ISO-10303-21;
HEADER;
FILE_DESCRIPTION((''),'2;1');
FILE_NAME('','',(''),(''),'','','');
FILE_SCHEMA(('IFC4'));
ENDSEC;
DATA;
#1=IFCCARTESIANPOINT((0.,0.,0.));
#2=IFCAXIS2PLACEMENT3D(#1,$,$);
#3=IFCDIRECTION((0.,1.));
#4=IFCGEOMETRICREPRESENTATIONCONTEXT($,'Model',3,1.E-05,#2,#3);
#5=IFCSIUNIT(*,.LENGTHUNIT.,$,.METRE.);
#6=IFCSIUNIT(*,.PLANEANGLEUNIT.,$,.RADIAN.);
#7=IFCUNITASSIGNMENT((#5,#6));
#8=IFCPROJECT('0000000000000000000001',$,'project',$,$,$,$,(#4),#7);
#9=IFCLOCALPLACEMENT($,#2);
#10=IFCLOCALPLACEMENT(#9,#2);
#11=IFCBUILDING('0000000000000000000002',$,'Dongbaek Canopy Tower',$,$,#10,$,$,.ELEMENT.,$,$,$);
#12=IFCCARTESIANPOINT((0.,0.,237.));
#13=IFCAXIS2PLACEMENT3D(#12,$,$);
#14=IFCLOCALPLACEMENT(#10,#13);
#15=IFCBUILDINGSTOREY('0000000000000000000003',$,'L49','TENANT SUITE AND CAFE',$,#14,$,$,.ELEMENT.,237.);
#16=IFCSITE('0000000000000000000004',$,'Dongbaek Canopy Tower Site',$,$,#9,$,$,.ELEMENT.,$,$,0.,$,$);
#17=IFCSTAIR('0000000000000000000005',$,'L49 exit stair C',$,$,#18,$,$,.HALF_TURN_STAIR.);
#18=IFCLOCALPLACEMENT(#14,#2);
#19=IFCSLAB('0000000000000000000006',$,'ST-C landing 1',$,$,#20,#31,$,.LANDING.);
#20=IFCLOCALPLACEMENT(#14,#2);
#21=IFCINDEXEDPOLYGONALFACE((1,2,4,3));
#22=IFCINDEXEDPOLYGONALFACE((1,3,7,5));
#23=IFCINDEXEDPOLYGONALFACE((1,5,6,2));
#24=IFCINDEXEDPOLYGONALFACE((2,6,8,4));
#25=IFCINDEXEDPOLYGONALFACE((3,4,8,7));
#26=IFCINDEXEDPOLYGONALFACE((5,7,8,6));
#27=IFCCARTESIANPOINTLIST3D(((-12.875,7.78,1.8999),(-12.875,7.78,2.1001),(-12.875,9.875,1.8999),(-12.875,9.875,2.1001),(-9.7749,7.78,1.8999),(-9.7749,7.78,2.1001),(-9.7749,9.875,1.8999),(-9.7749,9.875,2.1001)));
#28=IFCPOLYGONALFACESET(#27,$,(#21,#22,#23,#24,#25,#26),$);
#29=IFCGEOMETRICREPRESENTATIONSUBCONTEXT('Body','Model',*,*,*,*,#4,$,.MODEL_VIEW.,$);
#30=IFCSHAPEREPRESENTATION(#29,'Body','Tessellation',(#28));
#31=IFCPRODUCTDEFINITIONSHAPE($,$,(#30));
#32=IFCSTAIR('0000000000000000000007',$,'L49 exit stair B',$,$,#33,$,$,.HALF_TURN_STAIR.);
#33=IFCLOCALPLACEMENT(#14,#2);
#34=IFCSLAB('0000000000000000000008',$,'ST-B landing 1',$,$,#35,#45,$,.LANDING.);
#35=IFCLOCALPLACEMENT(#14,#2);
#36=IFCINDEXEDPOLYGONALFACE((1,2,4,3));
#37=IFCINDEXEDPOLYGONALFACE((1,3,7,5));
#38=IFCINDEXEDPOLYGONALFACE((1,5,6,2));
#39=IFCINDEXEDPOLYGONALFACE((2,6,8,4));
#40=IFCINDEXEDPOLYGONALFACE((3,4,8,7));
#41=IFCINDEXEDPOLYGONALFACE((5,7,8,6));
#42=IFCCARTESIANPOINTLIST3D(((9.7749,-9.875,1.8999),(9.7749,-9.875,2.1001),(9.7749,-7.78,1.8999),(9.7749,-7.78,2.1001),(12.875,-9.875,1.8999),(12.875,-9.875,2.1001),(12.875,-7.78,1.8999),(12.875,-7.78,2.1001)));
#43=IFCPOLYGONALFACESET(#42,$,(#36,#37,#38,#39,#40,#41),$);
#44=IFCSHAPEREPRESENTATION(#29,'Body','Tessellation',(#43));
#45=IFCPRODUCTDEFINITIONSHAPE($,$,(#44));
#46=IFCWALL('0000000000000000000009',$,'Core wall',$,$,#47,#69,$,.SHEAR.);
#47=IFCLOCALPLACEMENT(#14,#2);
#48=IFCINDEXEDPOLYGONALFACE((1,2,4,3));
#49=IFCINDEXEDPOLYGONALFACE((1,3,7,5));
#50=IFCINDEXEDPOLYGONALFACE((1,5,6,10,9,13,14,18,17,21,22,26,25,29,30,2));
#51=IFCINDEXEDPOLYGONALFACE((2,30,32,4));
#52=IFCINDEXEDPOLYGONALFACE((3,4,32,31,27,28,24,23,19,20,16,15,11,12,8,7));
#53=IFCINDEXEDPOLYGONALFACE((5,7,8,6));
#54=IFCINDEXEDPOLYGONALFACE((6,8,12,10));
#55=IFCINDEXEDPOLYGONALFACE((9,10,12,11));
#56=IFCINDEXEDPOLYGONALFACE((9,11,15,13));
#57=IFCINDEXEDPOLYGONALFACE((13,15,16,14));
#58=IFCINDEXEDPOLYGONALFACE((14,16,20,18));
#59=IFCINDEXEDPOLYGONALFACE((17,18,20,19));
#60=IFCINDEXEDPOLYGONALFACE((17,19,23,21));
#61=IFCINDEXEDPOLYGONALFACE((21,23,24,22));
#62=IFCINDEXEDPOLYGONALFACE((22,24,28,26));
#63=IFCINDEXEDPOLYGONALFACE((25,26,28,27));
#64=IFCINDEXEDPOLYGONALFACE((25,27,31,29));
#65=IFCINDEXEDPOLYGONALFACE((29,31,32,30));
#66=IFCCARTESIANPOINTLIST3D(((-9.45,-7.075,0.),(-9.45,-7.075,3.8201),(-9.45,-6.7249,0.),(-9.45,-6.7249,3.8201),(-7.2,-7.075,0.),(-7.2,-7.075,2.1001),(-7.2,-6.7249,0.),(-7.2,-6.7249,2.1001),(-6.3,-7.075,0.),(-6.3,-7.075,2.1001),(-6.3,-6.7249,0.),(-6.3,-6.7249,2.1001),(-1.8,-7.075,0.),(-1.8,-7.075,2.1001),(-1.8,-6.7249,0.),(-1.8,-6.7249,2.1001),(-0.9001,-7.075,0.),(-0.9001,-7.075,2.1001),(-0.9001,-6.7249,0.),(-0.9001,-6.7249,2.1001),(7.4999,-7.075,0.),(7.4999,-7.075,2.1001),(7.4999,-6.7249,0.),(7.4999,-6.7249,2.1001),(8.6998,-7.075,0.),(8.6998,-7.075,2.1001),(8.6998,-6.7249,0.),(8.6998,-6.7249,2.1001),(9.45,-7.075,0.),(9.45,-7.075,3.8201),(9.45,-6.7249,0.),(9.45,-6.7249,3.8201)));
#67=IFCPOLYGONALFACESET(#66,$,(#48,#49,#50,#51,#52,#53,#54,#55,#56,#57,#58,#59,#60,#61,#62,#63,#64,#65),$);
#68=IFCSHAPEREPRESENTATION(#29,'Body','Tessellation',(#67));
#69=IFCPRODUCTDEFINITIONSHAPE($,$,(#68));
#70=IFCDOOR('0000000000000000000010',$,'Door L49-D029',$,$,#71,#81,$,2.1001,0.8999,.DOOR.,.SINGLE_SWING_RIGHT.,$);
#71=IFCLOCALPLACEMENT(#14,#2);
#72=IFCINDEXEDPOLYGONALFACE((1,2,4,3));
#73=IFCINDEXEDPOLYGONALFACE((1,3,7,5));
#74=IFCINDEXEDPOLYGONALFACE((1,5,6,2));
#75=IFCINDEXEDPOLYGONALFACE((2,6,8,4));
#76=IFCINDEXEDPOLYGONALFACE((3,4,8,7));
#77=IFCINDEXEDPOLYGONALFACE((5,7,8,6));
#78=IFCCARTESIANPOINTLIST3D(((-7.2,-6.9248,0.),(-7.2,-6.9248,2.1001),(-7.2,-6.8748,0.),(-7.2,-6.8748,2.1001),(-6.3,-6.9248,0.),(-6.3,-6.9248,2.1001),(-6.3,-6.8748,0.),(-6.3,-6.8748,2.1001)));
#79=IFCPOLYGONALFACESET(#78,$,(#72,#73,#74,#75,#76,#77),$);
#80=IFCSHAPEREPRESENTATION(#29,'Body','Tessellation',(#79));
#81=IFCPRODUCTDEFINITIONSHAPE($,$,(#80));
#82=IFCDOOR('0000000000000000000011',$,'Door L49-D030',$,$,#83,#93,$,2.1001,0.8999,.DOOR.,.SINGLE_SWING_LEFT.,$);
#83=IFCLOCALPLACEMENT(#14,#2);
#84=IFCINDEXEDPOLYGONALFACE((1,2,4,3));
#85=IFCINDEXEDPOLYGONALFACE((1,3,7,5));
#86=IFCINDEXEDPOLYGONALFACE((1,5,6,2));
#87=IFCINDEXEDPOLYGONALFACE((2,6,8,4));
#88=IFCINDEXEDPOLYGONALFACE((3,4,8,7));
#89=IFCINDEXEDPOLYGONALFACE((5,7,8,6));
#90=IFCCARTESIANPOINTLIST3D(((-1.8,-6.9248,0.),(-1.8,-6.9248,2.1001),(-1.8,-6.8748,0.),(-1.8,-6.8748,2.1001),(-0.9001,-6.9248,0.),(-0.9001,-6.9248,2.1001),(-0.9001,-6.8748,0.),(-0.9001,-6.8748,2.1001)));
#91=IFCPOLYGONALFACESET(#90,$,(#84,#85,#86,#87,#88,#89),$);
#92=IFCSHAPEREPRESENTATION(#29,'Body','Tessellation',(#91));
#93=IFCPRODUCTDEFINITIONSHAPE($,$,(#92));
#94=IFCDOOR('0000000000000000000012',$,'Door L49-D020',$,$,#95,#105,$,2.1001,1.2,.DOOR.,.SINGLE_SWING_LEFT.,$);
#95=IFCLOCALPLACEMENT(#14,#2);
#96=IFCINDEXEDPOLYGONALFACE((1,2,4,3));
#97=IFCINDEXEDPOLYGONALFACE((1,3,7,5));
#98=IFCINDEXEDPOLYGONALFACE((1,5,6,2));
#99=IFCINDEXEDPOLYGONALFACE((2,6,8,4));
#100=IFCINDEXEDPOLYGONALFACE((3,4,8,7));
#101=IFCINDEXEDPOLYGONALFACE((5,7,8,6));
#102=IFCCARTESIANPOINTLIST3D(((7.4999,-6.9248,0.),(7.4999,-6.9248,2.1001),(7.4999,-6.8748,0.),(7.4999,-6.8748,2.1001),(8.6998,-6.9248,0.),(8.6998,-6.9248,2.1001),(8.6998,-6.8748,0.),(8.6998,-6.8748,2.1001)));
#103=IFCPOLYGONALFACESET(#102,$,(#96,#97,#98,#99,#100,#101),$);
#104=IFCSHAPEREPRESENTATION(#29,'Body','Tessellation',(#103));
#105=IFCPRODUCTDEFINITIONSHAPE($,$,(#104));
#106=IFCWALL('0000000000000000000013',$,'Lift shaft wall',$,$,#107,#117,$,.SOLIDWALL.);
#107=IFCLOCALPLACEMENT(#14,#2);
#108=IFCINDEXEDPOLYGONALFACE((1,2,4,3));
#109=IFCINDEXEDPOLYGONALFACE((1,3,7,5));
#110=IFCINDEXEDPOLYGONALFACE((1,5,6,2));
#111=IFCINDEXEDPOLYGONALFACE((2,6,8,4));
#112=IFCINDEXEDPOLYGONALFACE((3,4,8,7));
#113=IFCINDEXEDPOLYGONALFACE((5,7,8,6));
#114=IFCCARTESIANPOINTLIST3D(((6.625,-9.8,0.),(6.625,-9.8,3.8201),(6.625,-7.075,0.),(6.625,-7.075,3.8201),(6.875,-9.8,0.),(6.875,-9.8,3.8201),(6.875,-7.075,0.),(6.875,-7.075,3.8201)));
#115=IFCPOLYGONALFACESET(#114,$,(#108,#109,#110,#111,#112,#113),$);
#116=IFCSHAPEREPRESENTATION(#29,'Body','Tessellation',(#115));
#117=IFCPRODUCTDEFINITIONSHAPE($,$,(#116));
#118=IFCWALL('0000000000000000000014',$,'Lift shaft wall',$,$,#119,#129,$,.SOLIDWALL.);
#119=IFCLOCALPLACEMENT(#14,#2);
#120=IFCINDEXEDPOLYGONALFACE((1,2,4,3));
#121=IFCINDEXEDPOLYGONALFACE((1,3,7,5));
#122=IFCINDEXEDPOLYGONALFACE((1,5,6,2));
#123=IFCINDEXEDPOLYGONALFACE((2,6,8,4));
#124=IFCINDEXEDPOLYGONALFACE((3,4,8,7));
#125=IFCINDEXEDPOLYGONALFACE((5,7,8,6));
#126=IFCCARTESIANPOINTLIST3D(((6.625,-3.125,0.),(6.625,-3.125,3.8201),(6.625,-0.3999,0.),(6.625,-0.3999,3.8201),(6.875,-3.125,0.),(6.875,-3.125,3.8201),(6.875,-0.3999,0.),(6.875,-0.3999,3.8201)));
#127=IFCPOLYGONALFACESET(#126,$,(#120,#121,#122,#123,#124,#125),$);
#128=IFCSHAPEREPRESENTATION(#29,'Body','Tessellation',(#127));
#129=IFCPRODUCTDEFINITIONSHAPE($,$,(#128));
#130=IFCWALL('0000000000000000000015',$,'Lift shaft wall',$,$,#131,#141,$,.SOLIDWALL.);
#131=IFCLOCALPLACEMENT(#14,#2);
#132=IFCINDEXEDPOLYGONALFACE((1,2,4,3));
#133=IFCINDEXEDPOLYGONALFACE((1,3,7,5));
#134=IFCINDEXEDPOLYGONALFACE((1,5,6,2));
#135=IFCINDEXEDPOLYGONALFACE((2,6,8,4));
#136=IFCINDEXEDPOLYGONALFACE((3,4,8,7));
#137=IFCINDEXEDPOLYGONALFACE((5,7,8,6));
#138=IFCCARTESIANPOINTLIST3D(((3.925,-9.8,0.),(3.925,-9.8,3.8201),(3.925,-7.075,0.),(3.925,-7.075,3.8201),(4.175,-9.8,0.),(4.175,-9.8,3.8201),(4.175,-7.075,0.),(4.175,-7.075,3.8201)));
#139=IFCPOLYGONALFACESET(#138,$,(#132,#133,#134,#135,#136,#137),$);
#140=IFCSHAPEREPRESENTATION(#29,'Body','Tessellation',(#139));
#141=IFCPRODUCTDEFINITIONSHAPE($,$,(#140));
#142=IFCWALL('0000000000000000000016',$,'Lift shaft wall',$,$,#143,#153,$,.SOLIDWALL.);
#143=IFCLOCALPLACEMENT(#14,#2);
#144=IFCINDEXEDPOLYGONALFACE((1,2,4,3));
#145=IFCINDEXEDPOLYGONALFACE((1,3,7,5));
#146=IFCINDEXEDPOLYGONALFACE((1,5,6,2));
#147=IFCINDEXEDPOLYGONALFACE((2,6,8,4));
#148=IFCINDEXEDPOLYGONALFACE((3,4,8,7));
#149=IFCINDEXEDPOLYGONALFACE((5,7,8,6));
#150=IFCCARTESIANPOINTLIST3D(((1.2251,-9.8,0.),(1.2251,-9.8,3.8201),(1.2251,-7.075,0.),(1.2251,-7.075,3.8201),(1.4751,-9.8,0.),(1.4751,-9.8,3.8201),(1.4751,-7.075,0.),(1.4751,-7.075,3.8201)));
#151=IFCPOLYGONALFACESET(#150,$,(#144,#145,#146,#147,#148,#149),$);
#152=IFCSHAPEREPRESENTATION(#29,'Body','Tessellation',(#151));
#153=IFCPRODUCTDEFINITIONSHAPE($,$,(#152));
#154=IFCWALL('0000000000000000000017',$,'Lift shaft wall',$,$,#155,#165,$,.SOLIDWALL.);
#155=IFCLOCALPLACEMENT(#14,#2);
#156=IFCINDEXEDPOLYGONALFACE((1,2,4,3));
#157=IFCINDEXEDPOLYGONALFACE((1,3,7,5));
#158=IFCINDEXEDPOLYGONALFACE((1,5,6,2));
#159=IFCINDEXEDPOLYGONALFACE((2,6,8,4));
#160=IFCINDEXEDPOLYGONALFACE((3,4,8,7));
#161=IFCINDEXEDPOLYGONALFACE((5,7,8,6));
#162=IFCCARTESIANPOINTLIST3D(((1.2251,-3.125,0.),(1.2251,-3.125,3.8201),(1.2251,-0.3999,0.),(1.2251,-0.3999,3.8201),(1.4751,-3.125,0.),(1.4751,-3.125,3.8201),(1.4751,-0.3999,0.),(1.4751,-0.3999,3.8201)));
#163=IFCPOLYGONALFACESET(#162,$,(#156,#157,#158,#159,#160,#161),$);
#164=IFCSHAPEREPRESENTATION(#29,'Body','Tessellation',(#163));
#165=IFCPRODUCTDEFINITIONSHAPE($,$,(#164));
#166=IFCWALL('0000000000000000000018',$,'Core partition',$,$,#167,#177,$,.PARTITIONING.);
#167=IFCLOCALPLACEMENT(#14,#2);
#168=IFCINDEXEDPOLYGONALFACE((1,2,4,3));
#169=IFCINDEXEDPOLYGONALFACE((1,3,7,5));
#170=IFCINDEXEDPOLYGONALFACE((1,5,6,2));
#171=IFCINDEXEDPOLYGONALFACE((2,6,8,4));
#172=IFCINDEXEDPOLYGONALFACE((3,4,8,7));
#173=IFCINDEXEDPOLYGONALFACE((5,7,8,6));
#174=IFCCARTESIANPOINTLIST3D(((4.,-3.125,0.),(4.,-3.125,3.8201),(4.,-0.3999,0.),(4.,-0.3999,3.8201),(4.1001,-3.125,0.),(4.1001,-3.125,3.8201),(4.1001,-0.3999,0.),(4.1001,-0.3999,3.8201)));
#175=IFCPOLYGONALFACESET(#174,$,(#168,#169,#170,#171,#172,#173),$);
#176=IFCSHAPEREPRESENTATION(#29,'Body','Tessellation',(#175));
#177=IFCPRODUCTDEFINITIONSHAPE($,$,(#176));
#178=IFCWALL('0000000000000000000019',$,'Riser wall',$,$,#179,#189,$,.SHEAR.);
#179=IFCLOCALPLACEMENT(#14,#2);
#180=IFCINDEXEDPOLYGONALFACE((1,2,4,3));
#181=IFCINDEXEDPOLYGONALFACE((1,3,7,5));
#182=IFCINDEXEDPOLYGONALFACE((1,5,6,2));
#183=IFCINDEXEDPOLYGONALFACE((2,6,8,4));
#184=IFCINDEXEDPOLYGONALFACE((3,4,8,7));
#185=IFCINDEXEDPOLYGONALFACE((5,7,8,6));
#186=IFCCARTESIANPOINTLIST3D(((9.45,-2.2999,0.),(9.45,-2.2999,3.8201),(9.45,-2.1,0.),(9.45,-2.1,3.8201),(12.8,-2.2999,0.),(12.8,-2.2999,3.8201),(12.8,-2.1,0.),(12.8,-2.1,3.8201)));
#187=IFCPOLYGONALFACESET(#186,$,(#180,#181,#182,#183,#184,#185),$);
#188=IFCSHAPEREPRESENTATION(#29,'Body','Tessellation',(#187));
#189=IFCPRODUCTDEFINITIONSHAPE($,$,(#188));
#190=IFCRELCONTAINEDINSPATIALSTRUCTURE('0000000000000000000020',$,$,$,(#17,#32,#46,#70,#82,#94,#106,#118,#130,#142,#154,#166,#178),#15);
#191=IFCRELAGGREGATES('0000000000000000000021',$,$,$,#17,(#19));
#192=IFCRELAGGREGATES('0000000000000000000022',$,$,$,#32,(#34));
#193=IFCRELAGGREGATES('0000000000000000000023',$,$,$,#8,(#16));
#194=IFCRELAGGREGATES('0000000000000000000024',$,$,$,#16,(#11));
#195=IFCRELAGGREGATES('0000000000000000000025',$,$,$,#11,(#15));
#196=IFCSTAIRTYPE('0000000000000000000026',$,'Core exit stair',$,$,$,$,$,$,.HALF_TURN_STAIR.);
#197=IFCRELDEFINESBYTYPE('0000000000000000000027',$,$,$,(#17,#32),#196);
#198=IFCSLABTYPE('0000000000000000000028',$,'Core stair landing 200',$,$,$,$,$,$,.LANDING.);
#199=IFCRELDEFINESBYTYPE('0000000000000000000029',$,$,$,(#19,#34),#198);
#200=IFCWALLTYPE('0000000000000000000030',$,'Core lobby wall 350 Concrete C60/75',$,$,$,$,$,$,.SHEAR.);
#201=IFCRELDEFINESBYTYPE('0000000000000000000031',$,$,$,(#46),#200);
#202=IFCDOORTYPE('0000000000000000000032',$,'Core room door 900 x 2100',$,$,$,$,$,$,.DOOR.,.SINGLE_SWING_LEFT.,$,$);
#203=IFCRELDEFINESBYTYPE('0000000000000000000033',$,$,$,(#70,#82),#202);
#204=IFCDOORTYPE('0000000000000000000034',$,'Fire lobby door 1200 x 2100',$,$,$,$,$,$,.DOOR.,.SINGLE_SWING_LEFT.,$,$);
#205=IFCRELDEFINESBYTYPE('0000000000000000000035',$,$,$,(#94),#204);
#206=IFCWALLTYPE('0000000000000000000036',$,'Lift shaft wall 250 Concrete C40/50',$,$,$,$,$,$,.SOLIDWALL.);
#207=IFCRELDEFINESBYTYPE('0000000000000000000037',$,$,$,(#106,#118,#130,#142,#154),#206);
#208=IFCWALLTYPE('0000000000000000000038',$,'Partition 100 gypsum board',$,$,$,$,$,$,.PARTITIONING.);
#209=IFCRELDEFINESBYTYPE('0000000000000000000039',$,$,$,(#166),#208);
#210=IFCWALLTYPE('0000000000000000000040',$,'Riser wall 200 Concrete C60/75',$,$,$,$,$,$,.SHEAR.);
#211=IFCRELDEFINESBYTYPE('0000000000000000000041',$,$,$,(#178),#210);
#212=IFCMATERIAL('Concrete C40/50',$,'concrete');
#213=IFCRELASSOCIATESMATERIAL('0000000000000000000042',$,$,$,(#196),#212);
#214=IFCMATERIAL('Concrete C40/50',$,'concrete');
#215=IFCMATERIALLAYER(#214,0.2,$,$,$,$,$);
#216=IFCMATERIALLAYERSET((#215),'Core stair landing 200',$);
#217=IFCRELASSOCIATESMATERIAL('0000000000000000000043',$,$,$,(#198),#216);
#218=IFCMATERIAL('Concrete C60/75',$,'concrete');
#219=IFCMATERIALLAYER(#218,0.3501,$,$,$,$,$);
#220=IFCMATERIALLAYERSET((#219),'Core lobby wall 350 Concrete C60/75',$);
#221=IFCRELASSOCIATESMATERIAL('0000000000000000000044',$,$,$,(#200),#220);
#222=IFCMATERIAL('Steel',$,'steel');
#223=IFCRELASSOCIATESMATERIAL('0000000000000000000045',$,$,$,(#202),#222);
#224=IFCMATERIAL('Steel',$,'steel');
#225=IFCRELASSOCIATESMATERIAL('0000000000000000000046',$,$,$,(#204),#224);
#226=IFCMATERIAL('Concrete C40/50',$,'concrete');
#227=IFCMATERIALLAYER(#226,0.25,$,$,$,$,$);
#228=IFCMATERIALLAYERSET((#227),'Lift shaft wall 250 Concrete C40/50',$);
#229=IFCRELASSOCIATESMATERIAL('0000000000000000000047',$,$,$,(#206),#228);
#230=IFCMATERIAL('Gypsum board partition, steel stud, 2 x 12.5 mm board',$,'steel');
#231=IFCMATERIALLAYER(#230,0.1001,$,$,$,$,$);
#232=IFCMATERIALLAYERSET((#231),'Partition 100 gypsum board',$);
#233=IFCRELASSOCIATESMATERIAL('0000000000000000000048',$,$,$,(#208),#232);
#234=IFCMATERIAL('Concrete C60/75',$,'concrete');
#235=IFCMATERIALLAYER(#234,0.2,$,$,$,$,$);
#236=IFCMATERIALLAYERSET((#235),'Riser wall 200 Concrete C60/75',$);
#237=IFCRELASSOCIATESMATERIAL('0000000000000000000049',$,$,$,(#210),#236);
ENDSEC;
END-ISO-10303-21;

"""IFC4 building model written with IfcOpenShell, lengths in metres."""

from ifc_helpers import new_model, si_unit, direction, frame, frame_2d, origin, place, context, subcontext, project, spatial, polyline, rectangle, outline, extrude, material, layer, layer_set, type_object, element, fill, aggregate, save


model = new_model("IFC4")

# Units and contexts
model_context = context("Model", 3, precision=1e-05, world=origin(), true_north=direction((0.0, 1.0)))
body_context = subcontext(model_context, "Body", "Model", "MODEL_VIEW")
ifc_project = project(units=[si_unit("LENGTHUNIT", "METRE"), si_unit("PLANEANGLEUNIT", "RADIAN")], contexts=[model_context])

# Site, building, storey
site_placement = place(None, origin())
site = spatial("IfcSite", under=ifc_project, at=site_placement, Name="Dongbaek Canopy Tower Site", CompositionType="ELEMENT", RefElevation=0.0)
building_placement = place(site_placement, origin())
building = spatial("IfcBuilding", under=site, at=building_placement, Name="Dongbaek Canopy Tower", CompositionType="ELEMENT")
storey_placement = place(building_placement, frame((0.0, 0.0, 237.0)))
storey = spatial("IfcBuildingStorey", under=building, at=storey_placement, Name="L49", Description="TENANT SUITE AND CAFE", CompositionType="ELEMENT", Elevation=237.0)

# Stairs, slabs
ifc_material_1 = material(Name="Concrete C40/50", Category="concrete")
stair_type = type_object("IfcStairType", Name="Core exit stair", PredefinedType="HALF_TURN_STAIR", material=ifc_material_1)
stair_1_placement = place(storey_placement, origin())
stair_1 = element("IfcStair", 1, at=stair_1_placement, inside=storey, type_object=stair_type, Name="L49 exit stair C", PredefinedType="HALF_TURN_STAIR")
ifc_material_2 = material(Name="Concrete C40/50", Category="concrete")
ifc_layer_1 = layer(ifc_material_2, 0.2)
ifc_layer_set_1 = layer_set([ifc_layer_1], Name="Core stair landing 200")
slab_type = type_object("IfcSlabType", Name="Core stair landing 200", PredefinedType="LANDING", material=ifc_layer_set_1)
slab_1_placement = place(storey_placement, frame((0.0, 0.0, 1.8999)))
slab_1 = element("IfcSlab", 2, at=slab_1_placement, type_object=slab_type, Name="ST-C landing 1", PredefinedType="LANDING", context=body_context, shape_type="SweptSolid", body=[
    extrude(outline(polyline([(-9.7749, 7.78), (-9.7749, 9.875), (-12.875, 9.875), (-12.875, 7.78), (-9.7749, 7.78)])), origin(), (0.0, 0.0, 1.0), 0.2002),
])
aggregate(stair_1, [slab_1])
stair_2_placement = place(storey_placement, origin())
stair_2 = element("IfcStair", 3, at=stair_2_placement, inside=storey, type_object=stair_type, Name="L49 exit stair B", PredefinedType="HALF_TURN_STAIR")
slab_2_placement = place(storey_placement, frame((0.0, 0.0, 1.8999)))
slab_2 = element("IfcSlab", 4, at=slab_2_placement, type_object=slab_type, Name="ST-B landing 1", PredefinedType="LANDING", context=body_context, shape_type="SweptSolid", body=[
    extrude(outline(polyline([(9.7749, -7.78), (9.7749, -9.875), (12.875, -9.875), (12.875, -7.78), (9.7749, -7.78)])), origin(), (0.0, 0.0, 1.0), 0.2002),
])

# Wall, openings, doors
ifc_material_3 = material(Name="Concrete C60/75", Category="concrete")
ifc_layer_2 = layer(ifc_material_3, 0.3501)
ifc_layer_set_2 = layer_set([ifc_layer_2], Name="Core lobby wall 350 Concrete C60/75")
wall_type_1 = type_object("IfcWallType", Name="Core lobby wall 350 Concrete C60/75", PredefinedType="SHEAR", material=ifc_layer_set_2)
wall_1_placement = place(storey_placement, frame((9.45, -6.8999, 0.0), z_axis=(0.0, 0.0, 1.0), x_axis=(-1.0, 0.0, 0.0)))
wall_1 = element("IfcWall", 5, at=wall_1_placement, inside=storey, type_object=wall_type_1, Name="Core wall", PredefinedType="SHEAR", context=body_context, shape_type="SweptSolid", body=[
    extrude(rectangle(XDim=18.8999, YDim=0.3501, at=frame_2d((9.45, 0.0))), origin(), (0.0, 0.0, 1.0), 3.8201),
])
opening_1_placement = place(wall_1_placement, frame((0.75, 0.0, 0.0)))
opening_1 = element("IfcOpeningElement", 6, at=opening_1_placement, cuts=wall_1, PredefinedType="OPENING", context=body_context, shape_type="SweptSolid", body=[
    extrude(rectangle(XDim=1.2, YDim=2.1001, at=frame_2d((0.6001, 1.05))), frame((0.0, 0.1851, 0.0), z_axis=(0.0, -1.0, 0.0), x_axis=(1.0, 0.0, 0.0)), (0.0, 0.0, 1.0), 0.3701),
])
opening_2_placement = place(wall_1_placement, frame((15.75, 0.0, 0.0)))
opening_2 = element("IfcOpeningElement", 7, at=opening_2_placement, cuts=wall_1, PredefinedType="OPENING", context=body_context, shape_type="SweptSolid", body=[
    extrude(rectangle(XDim=0.8999, YDim=2.1001, at=frame_2d((0.45, 1.05))), frame((0.0, 0.1851, 0.0), z_axis=(0.0, -1.0, 0.0), x_axis=(1.0, 0.0, 0.0)), (0.0, 0.0, 1.0), 0.3701),
])
opening_3_placement = place(wall_1_placement, frame((10.3501, 0.0, 0.0)))
opening_3 = element("IfcOpeningElement", 8, at=opening_3_placement, cuts=wall_1, PredefinedType="OPENING", context=body_context, shape_type="SweptSolid", body=[
    extrude(rectangle(XDim=0.8999, YDim=2.1001, at=frame_2d((0.45, 1.05))), frame((0.0, 0.1851, 0.0), z_axis=(0.0, -1.0, 0.0), x_axis=(1.0, 0.0, 0.0)), (0.0, 0.0, 1.0), 0.3701),
])
ifc_material_4 = material(Name="Steel", Category="steel")
door_type_1 = type_object("IfcDoorType", Name="Core room door 900 x 2100", OperationType="SINGLE_SWING_LEFT", PredefinedType="DOOR", material=ifc_material_4)
door_1_placement = place(opening_2_placement, origin())
door_1 = element("IfcDoor", 9, at=door_1_placement, inside=storey, type_object=door_type_1, Name="Door L49-D029", OperationType="SINGLE_SWING_RIGHT", OverallHeight=2.1001, OverallWidth=0.8999, PredefinedType="DOOR", context=body_context, shape_type="SweptSolid", body=[
    extrude(rectangle(XDim=0.8999, YDim=2.1001, at=frame_2d((0.45, 1.05))), frame((0.0, 0.0249, 0.0), z_axis=(0.0, -1.0, 0.0), x_axis=(1.0, 0.0, 0.0)), (0.0, 0.0, 1.0), 0.05),
])
fill(opening_2, door_1)
door_2_placement = place(opening_3_placement, origin())
door_2 = element("IfcDoor", 10, at=door_2_placement, inside=storey, type_object=door_type_1, Name="Door L49-D030", OperationType="SINGLE_SWING_LEFT", OverallHeight=2.1001, OverallWidth=0.8999, PredefinedType="DOOR", context=body_context, shape_type="SweptSolid", body=[
    extrude(rectangle(XDim=0.8999, YDim=2.1001, at=frame_2d((0.45, 1.05))), frame((0.0, 0.0249, 0.0), z_axis=(0.0, -1.0, 0.0), x_axis=(1.0, 0.0, 0.0)), (0.0, 0.0, 1.0), 0.05),
])
fill(opening_3, door_2)
ifc_material_5 = material(Name="Steel", Category="steel")
door_type_2 = type_object("IfcDoorType", Name="Fire lobby door 1200 x 2100", OperationType="SINGLE_SWING_LEFT", PredefinedType="DOOR", material=ifc_material_5)
door_3_placement = place(opening_1_placement, origin())
door_3 = element("IfcDoor", 11, at=door_3_placement, inside=storey, type_object=door_type_2, Name="Door L49-D020", OperationType="SINGLE_SWING_LEFT", OverallHeight=2.1001, OverallWidth=1.2, PredefinedType="DOOR", context=body_context, shape_type="SweptSolid", body=[
    extrude(rectangle(XDim=1.2, YDim=2.1001, at=frame_2d((0.6001, 1.05))), frame((0.0, 0.0249, 0.0), z_axis=(0.0, -1.0, 0.0), x_axis=(1.0, 0.0, 0.0)), (0.0, 0.0, 1.0), 0.05),
])
fill(opening_1, door_3)

# Walls
ifc_material_6 = material(Name="Concrete C40/50", Category="concrete")
ifc_layer_3 = layer(ifc_material_6, 0.25)
ifc_layer_set_3 = layer_set([ifc_layer_3], Name="Lift shaft wall 250 Concrete C40/50")
wall_type_2 = type_object("IfcWallType", Name="Lift shaft wall 250 Concrete C40/50", PredefinedType="SOLIDWALL", material=ifc_layer_set_3)
for number, where, z_axis, x_axis, name in (
    (12, (6.75, -9.8, 0.0), (0.0, 0.0, 1.0), (0.0, 1.0, 0.0), "Lift shaft wall"),
    (13, (6.75, -3.125, 0.0), (0.0, 0.0, 1.0), (0.0, 1.0, 0.0), "Lift shaft wall"),
    (14, (4.05, -9.8, 0.0), (0.0, 0.0, 1.0), (0.0, 1.0, 0.0), "Lift shaft wall"),
    (15, (1.3501, -9.8, 0.0), (0.0, 0.0, 1.0), (0.0, 1.0, 0.0), "Lift shaft wall"),
    (16, (1.3501, -3.125, 0.0), (0.0, 0.0, 1.0), (0.0, 1.0, 0.0), "Lift shaft wall"),
):
    element("IfcWall", number, at=place(storey_placement, frame(where, z_axis=z_axis, x_axis=x_axis)), inside=storey, type_object=wall_type_2, Name=name, PredefinedType="SOLIDWALL", context=body_context, shape_type="SweptSolid", body=[
        extrude(rectangle(XDim=2.7251, YDim=0.25, at=frame_2d((1.3625, 0.0))), origin(), (0.0, 0.0, 1.0), 3.8201),
    ])
ifc_material_7 = material(Name="Gypsum board partition, steel stud, 2 x 12.5 mm board", Category="steel")
ifc_layer_4 = layer(ifc_material_7, 0.1001)
ifc_layer_set_4 = layer_set([ifc_layer_4], Name="Partition 100 gypsum board")
wall_type_3 = type_object("IfcWallType", Name="Partition 100 gypsum board", PredefinedType="PARTITIONING", material=ifc_layer_set_4)
wall_2_placement = place(storey_placement, frame((4.05, -3.125, 0.0), z_axis=(0.0, 0.0, 1.0), x_axis=(0.0, 1.0, 0.0)))
element("IfcWall", 17, at=wall_2_placement, inside=storey, type_object=wall_type_3, Name="Core partition", PredefinedType="PARTITIONING", context=body_context, shape_type="SweptSolid", body=[
    extrude(rectangle(XDim=2.7251, YDim=0.1001, at=frame_2d((1.3625, 0.0))), origin(), (0.0, 0.0, 1.0), 3.8201),
])
ifc_material_8 = material(Name="Concrete C60/75", Category="concrete")
ifc_layer_5 = layer(ifc_material_8, 0.2)
ifc_layer_set_5 = layer_set([ifc_layer_5], Name="Riser wall 200 Concrete C60/75")
wall_type_4 = type_object("IfcWallType", Name="Riser wall 200 Concrete C60/75", PredefinedType="SHEAR", material=ifc_layer_set_5)
wall_3_placement = place(storey_placement, frame((9.45, -2.2, 0.0), z_axis=(0.0, 0.0, 1.0), x_axis=(1.0, 0.0, 0.0)))
element("IfcWall", 18, at=wall_3_placement, inside=storey, type_object=wall_type_4, Name="Riser wall", PredefinedType="SHEAR", context=body_context, shape_type="SweptSolid", body=[
    extrude(rectangle(XDim=3.3501, YDim=0.2, at=frame_2d((1.675, 0.0))), origin(), (0.0, 0.0, 1.0), 3.8201),
])

aggregate(stair_2, [slab_2])

save(model, "model.ifc")
